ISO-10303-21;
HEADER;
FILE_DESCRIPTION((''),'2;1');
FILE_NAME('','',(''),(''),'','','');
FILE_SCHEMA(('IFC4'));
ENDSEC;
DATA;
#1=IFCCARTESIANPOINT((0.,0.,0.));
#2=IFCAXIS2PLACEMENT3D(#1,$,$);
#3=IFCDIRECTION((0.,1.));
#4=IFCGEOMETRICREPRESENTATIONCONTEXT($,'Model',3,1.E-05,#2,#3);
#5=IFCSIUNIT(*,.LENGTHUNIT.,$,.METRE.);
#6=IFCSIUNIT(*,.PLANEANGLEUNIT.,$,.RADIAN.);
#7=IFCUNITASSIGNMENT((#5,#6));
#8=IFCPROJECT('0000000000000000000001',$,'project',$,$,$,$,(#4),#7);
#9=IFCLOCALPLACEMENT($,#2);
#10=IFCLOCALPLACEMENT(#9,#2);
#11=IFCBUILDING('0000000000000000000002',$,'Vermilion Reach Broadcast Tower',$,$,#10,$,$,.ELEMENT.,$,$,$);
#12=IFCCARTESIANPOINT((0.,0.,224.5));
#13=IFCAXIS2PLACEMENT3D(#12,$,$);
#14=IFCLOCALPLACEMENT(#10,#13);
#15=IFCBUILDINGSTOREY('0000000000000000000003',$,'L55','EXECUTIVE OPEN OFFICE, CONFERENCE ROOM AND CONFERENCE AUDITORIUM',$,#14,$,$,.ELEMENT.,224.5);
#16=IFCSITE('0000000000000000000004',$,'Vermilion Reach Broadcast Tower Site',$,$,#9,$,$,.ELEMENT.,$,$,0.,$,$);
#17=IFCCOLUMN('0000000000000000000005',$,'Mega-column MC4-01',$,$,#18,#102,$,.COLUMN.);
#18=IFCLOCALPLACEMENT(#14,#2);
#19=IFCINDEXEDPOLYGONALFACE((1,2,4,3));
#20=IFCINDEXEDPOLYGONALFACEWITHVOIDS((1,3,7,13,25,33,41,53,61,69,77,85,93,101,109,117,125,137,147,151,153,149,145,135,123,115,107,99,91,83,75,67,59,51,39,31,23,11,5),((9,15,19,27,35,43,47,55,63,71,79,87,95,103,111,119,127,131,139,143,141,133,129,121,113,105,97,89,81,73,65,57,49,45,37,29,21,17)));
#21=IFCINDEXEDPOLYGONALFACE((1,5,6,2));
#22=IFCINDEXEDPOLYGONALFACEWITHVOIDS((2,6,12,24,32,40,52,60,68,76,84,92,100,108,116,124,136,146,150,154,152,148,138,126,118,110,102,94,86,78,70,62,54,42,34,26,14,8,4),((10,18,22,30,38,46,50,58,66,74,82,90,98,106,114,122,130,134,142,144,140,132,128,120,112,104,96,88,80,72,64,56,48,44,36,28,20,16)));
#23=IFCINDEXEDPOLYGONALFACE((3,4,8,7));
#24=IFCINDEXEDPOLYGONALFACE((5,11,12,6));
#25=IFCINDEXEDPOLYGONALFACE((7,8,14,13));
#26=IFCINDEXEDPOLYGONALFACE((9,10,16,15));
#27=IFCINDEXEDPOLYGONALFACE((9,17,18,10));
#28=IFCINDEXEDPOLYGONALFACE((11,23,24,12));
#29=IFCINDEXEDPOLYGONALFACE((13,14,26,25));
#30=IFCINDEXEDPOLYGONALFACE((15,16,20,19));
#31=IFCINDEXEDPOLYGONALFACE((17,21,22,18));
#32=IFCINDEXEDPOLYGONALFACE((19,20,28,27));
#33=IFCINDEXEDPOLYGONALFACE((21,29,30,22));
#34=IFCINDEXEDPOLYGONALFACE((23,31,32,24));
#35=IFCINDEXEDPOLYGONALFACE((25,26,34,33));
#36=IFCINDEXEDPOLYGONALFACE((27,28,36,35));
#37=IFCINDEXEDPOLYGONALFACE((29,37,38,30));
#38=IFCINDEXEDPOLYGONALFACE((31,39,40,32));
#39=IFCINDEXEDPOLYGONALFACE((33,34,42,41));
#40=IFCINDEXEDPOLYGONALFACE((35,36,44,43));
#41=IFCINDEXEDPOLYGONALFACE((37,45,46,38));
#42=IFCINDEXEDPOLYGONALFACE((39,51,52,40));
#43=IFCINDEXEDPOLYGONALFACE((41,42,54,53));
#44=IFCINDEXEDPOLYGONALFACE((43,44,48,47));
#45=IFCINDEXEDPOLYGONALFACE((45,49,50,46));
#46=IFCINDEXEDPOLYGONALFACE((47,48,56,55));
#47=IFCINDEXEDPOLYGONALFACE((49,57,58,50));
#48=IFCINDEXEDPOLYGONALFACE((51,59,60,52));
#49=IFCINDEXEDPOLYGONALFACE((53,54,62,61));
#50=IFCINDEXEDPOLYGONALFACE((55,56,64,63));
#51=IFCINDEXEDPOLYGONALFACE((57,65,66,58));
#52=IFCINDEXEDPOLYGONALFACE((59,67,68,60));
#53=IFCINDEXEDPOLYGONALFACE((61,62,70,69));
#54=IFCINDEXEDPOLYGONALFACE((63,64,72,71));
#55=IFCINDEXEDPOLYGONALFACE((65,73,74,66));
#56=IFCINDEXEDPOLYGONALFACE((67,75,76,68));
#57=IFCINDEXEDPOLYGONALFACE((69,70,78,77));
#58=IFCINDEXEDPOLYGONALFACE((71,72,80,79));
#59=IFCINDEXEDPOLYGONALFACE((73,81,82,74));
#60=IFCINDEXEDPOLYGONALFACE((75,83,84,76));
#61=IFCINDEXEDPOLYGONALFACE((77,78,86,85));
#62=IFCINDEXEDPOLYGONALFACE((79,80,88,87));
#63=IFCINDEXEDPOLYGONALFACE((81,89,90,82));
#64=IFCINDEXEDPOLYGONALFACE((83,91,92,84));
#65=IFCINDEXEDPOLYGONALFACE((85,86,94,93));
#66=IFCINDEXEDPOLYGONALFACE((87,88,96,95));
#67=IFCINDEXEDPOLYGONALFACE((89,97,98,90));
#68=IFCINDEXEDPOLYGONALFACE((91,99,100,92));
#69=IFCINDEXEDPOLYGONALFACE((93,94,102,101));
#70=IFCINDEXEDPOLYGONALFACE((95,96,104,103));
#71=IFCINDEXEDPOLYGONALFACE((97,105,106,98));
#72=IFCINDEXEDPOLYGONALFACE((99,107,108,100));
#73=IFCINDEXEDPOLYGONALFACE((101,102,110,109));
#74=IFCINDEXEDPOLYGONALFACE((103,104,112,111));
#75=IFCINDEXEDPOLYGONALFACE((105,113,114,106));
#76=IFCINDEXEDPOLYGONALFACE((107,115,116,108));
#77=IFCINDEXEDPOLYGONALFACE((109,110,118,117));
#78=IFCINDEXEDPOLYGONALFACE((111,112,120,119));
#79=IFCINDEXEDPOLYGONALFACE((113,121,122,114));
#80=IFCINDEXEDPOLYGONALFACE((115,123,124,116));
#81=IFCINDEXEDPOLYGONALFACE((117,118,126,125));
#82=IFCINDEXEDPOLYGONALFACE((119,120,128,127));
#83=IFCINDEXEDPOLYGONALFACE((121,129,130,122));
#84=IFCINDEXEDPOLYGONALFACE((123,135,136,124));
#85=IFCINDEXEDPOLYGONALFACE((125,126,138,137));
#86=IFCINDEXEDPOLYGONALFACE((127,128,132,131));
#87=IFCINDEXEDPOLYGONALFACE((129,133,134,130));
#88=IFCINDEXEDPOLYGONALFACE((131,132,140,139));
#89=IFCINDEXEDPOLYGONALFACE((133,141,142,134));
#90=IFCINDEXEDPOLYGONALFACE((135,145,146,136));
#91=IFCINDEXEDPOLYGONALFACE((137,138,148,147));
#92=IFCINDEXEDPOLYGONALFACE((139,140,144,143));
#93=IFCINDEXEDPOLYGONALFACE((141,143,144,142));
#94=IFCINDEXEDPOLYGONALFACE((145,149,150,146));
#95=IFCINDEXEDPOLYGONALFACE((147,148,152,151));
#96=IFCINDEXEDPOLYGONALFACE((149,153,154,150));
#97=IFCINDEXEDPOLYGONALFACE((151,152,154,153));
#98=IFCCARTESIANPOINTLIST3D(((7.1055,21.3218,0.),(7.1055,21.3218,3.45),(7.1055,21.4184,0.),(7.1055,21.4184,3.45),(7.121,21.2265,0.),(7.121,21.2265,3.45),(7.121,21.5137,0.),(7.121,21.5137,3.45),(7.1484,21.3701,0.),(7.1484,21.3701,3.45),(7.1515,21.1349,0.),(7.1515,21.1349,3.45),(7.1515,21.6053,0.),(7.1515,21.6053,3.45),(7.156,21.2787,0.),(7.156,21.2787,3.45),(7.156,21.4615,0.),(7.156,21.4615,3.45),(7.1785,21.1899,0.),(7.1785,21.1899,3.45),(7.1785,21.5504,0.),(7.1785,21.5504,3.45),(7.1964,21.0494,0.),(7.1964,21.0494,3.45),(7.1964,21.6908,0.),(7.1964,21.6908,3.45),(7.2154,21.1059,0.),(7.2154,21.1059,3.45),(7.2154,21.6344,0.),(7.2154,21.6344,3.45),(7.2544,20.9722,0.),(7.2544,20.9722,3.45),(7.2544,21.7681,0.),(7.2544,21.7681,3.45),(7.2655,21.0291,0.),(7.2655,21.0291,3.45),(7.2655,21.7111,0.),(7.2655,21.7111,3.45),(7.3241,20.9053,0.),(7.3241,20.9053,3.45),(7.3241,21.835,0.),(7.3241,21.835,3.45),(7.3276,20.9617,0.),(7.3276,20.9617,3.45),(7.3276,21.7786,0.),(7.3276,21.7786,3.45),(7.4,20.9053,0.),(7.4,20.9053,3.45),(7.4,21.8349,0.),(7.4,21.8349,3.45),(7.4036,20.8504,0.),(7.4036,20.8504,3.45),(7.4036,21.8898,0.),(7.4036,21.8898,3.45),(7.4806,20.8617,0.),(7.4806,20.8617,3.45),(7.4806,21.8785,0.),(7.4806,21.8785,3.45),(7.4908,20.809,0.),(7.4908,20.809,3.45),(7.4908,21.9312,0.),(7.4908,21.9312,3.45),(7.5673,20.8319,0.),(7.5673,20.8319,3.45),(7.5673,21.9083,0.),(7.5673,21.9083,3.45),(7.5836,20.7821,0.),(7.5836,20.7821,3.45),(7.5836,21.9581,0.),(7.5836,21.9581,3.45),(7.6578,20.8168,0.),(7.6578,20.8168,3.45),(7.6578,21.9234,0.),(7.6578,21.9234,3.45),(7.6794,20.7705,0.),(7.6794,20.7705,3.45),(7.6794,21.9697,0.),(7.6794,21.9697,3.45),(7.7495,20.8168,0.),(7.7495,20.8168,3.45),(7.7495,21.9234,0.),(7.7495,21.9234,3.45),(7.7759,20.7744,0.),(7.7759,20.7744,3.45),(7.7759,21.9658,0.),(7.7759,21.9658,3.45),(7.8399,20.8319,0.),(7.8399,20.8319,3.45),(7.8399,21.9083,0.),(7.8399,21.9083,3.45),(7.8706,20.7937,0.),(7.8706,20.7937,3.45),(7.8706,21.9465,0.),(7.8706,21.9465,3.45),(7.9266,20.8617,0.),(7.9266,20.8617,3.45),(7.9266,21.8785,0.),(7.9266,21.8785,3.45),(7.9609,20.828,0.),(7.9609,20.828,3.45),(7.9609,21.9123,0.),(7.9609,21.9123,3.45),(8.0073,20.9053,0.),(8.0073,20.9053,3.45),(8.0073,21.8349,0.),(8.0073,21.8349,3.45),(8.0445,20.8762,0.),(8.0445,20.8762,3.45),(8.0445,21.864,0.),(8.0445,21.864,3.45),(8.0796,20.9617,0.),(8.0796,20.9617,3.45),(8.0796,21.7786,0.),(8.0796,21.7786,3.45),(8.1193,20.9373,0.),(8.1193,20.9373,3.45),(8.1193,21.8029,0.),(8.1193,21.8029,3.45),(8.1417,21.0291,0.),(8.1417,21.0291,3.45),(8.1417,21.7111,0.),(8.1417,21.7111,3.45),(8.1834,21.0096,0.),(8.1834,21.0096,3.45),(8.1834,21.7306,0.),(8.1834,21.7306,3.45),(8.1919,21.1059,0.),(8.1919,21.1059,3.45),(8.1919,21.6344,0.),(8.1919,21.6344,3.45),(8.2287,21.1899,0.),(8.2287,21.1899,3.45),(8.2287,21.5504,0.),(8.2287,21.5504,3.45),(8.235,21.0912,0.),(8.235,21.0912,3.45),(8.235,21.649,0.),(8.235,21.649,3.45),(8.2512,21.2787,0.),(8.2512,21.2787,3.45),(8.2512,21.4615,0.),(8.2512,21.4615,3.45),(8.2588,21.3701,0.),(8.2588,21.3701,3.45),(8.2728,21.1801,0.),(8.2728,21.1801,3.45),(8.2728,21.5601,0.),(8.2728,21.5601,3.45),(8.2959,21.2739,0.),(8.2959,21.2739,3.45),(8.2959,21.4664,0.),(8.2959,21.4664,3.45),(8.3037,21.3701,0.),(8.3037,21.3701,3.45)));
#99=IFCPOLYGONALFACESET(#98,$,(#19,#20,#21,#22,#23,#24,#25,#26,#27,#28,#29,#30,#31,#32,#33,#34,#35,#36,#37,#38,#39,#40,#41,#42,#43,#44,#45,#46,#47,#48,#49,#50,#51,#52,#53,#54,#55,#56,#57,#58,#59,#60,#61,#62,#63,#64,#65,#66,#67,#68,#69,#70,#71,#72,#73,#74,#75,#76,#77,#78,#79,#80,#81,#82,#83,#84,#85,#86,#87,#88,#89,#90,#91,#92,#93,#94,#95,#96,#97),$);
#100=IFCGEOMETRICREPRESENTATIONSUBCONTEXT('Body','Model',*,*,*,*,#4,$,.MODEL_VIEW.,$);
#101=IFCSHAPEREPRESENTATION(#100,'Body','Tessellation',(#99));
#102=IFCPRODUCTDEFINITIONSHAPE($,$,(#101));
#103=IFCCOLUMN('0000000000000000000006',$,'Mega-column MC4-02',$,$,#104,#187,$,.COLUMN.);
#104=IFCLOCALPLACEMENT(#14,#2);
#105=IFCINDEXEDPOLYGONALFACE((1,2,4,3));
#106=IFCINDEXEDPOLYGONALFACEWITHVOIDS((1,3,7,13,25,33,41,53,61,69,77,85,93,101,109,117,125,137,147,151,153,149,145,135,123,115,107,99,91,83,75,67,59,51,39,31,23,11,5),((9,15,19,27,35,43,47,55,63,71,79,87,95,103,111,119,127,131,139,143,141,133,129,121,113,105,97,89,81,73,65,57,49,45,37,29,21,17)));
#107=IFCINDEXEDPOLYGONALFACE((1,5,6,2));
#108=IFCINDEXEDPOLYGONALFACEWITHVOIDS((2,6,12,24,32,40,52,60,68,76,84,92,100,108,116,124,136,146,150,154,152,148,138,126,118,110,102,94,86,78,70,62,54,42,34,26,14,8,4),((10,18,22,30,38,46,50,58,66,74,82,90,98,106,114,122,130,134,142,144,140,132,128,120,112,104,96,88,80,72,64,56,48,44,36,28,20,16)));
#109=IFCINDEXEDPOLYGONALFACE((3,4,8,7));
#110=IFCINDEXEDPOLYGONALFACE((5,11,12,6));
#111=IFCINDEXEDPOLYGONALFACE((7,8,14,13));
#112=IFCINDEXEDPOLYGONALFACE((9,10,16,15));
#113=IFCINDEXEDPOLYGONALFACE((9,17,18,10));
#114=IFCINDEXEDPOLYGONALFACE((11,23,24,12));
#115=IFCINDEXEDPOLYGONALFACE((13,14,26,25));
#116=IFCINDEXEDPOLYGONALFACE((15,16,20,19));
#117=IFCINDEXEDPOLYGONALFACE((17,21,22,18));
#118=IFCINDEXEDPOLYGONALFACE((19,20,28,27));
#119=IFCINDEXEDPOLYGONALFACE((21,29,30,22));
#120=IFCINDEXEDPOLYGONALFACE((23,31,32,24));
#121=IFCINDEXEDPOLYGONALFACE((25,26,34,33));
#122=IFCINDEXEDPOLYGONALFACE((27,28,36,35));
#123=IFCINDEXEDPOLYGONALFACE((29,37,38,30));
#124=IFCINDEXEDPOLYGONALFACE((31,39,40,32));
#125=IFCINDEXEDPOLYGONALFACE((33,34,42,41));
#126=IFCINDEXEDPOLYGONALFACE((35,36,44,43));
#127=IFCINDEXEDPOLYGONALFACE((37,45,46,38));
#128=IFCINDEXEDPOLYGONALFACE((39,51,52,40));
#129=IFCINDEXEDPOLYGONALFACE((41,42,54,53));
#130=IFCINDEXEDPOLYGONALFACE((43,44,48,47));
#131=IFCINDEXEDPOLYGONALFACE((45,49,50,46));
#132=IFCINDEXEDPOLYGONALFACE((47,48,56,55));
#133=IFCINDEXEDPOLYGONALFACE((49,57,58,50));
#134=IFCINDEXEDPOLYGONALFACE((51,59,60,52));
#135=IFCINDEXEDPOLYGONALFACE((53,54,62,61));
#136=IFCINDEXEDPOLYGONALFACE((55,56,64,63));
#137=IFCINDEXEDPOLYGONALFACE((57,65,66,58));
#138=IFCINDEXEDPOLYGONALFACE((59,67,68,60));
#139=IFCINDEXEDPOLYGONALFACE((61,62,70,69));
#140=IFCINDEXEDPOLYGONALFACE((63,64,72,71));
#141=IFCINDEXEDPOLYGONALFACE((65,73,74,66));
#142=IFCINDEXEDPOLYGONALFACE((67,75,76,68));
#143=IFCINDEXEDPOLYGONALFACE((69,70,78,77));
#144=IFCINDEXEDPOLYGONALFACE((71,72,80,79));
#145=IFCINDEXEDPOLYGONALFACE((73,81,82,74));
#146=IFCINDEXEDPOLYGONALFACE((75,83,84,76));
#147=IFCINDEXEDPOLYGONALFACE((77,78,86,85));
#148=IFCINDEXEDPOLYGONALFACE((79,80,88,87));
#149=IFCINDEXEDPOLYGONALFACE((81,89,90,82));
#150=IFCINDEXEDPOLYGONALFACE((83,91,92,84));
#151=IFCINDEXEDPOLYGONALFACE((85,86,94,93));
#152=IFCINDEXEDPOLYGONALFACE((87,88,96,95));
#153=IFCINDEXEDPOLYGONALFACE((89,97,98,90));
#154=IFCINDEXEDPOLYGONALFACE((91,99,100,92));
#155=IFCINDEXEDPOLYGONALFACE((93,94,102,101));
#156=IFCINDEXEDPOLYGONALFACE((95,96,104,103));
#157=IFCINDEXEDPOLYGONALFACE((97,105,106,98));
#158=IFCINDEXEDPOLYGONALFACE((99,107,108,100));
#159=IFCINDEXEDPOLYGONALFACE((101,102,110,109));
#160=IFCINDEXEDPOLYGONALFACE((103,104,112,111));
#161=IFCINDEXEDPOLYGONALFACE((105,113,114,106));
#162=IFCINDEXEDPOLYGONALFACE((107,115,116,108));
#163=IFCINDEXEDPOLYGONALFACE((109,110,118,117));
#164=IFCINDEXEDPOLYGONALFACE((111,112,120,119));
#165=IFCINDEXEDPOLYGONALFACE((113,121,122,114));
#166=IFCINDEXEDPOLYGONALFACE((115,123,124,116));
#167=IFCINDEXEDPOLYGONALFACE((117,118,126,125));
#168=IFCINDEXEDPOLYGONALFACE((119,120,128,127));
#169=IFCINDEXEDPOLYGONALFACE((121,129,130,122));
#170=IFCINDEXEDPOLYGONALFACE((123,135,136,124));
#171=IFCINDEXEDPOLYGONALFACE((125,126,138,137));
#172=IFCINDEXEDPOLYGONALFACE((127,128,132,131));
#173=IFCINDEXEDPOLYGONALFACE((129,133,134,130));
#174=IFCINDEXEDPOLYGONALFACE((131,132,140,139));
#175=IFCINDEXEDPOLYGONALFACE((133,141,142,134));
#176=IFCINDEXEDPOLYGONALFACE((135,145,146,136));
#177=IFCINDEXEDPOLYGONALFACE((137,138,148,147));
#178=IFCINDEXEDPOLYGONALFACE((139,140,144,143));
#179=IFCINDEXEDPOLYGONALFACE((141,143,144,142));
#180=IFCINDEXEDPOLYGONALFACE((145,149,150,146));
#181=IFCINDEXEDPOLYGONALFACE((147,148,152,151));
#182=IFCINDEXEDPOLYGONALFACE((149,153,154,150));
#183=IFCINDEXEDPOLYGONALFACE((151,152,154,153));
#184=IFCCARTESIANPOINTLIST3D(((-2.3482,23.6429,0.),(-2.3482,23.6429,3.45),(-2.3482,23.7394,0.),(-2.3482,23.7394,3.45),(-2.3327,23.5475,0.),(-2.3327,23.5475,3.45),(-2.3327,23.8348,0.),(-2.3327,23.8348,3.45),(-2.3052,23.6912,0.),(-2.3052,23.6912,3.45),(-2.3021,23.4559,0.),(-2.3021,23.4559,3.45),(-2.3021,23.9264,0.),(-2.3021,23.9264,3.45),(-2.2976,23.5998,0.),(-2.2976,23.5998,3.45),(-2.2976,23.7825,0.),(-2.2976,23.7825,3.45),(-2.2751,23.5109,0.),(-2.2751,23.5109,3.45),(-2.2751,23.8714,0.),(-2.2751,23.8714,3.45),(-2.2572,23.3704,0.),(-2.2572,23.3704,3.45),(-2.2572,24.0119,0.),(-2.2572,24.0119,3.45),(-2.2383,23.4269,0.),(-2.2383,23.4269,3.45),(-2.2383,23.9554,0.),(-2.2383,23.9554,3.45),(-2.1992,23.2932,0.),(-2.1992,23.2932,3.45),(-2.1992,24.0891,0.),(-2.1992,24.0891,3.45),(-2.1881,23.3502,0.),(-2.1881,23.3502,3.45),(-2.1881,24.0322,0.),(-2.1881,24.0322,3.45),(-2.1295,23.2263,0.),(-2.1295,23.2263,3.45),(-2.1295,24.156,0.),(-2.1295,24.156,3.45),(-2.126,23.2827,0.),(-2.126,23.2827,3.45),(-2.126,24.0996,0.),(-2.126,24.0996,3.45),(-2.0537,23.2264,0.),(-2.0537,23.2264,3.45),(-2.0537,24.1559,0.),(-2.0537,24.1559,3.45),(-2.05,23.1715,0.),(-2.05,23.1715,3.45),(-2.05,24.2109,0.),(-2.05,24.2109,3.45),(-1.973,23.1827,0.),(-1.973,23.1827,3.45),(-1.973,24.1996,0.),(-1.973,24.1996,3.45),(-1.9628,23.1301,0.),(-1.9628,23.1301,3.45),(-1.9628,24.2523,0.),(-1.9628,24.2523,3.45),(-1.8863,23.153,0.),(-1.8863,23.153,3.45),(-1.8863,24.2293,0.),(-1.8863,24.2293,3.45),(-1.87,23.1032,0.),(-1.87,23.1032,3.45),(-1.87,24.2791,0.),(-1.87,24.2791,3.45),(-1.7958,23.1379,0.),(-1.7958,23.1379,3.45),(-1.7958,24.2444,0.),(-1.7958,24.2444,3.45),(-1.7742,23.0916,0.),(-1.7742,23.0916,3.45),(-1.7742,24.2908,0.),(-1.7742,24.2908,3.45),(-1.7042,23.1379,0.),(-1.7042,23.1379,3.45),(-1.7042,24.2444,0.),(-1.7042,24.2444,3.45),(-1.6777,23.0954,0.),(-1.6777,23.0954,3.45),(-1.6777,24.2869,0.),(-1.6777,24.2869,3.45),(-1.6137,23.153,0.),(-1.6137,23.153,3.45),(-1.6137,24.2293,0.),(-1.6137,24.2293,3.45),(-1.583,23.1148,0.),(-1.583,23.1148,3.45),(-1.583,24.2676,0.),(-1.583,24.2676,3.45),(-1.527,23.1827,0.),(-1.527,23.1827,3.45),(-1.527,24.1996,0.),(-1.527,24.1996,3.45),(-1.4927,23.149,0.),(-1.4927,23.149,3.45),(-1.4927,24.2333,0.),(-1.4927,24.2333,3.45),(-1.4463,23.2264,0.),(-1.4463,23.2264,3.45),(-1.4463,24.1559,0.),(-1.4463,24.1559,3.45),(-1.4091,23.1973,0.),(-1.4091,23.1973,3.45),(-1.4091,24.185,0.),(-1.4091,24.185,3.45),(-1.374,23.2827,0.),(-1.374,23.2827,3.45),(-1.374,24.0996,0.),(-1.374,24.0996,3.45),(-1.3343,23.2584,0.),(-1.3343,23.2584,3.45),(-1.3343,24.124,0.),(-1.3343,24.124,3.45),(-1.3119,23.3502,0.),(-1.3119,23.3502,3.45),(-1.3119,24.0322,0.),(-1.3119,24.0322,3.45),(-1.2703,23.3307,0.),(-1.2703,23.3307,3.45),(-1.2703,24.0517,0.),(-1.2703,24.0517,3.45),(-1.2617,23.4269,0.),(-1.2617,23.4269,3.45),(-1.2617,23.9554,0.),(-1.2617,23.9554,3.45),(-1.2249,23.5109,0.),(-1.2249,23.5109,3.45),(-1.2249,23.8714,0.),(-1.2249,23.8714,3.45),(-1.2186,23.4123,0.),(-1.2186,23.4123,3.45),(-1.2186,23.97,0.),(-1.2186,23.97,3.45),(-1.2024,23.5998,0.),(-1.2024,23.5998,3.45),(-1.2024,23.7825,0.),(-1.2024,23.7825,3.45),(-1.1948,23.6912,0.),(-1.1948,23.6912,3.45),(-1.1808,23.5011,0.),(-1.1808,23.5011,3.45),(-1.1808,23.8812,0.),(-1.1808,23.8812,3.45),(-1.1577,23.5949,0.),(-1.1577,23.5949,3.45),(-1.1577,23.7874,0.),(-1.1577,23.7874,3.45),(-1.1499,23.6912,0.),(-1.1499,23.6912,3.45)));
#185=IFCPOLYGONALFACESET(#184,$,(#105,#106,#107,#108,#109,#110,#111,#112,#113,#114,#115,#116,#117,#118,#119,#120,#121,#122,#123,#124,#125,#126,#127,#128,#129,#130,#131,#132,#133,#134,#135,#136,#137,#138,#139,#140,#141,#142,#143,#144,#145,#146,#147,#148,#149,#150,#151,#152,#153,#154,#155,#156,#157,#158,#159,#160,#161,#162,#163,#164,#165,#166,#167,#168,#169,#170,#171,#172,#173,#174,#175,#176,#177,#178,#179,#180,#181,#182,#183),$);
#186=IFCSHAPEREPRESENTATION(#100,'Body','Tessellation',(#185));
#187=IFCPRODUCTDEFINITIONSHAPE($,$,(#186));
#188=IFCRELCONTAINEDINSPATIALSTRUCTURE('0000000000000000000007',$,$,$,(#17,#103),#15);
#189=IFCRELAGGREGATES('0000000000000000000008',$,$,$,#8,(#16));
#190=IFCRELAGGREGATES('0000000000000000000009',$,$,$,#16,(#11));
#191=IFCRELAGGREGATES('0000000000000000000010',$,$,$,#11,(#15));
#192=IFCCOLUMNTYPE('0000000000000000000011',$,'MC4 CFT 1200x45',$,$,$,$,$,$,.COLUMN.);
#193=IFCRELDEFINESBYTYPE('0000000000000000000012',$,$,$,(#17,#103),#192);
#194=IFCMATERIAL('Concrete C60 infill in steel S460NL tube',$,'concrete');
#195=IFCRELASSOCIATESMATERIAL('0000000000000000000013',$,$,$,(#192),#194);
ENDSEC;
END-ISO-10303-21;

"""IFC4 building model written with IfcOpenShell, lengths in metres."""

from ifc_helpers import new_model, si_unit, direction, frame, origin, origin_2d, place, context, subcontext, project, spatial, hollow_circle, extrude, material, material_profile, profile_set, type_object, element, save


model = new_model("IFC4")

# Units and contexts
model_context = context("Model", 3, precision=1e-05, world=origin(), true_north=direction((0.0, 1.0)))
body_context = subcontext(model_context, "Body", "Model", "MODEL_VIEW")
ifc_project = project(units=[si_unit("LENGTHUNIT", "METRE"), si_unit("PLANEANGLEUNIT", "RADIAN")], contexts=[model_context])

# Site, building, storey
site_placement = place(None, origin())
site = spatial("IfcSite", under=ifc_project, at=site_placement, Name="Vermilion Reach Broadcast Tower Site", CompositionType="ELEMENT", RefElevation=0.0)
building_placement = place(site_placement, origin())
building = spatial("IfcBuilding", under=site, at=building_placement, Name="Vermilion Reach Broadcast Tower", CompositionType="ELEMENT")
storey_placement = place(building_placement, frame((0.0, 0.0, 224.5)))
storey = spatial("IfcBuildingStorey", under=building, at=storey_placement, Name="L55", Description="EXECUTIVE OPEN OFFICE, CONFERENCE ROOM AND CONFERENCE AUDITORIUM", CompositionType="ELEMENT", Elevation=224.5)

# Columns
ifc_material_1 = material(Name="Concrete C60 infill in steel S460NL tube", Category="concrete")
ifc_material_profile_1 = material_profile(ifc_material_1, hollow_circle(Radius=0.6001, WallThickness=0.0449, at=origin_2d()), Name="Concrete C60 infill in steel S460NL tube CFT 1200x45")
ifc_profile_set_1 = profile_set([ifc_material_profile_1], Name="Concrete C60 infill in steel S460NL tube")
column_type = type_object("IfcColumnType", Name="MC4 CFT 1200x45", PredefinedType="COLUMN", material=ifc_profile_set_1)
for number, where, z_axis, x_axis, name in (
    (1, (7.7036, 21.3701, 0.0), (0.0, 0.0, 1.0), (1.0, 0.0, 0.0), "Mega-column MC4-01"),
    (2, (-1.75, 23.6912, 0.0), (0.0, 0.0, 1.0), (1.0, 0.0, 0.0), "Mega-column MC4-02"),
):
    element("IfcColumn", number, at=place(storey_placement, frame(where, z_axis=z_axis, x_axis=x_axis)), inside=storey, type_object=column_type, Name=name, PredefinedType="COLUMN", context=body_context, shape_type="SweptSolid", body=[
        extrude(hollow_circle(Radius=0.6001, WallThickness=0.0449, at=origin_2d()), origin(), (0.0, 0.0, 1.0), 3.45),
    ])

save(model, "model.ifc")
